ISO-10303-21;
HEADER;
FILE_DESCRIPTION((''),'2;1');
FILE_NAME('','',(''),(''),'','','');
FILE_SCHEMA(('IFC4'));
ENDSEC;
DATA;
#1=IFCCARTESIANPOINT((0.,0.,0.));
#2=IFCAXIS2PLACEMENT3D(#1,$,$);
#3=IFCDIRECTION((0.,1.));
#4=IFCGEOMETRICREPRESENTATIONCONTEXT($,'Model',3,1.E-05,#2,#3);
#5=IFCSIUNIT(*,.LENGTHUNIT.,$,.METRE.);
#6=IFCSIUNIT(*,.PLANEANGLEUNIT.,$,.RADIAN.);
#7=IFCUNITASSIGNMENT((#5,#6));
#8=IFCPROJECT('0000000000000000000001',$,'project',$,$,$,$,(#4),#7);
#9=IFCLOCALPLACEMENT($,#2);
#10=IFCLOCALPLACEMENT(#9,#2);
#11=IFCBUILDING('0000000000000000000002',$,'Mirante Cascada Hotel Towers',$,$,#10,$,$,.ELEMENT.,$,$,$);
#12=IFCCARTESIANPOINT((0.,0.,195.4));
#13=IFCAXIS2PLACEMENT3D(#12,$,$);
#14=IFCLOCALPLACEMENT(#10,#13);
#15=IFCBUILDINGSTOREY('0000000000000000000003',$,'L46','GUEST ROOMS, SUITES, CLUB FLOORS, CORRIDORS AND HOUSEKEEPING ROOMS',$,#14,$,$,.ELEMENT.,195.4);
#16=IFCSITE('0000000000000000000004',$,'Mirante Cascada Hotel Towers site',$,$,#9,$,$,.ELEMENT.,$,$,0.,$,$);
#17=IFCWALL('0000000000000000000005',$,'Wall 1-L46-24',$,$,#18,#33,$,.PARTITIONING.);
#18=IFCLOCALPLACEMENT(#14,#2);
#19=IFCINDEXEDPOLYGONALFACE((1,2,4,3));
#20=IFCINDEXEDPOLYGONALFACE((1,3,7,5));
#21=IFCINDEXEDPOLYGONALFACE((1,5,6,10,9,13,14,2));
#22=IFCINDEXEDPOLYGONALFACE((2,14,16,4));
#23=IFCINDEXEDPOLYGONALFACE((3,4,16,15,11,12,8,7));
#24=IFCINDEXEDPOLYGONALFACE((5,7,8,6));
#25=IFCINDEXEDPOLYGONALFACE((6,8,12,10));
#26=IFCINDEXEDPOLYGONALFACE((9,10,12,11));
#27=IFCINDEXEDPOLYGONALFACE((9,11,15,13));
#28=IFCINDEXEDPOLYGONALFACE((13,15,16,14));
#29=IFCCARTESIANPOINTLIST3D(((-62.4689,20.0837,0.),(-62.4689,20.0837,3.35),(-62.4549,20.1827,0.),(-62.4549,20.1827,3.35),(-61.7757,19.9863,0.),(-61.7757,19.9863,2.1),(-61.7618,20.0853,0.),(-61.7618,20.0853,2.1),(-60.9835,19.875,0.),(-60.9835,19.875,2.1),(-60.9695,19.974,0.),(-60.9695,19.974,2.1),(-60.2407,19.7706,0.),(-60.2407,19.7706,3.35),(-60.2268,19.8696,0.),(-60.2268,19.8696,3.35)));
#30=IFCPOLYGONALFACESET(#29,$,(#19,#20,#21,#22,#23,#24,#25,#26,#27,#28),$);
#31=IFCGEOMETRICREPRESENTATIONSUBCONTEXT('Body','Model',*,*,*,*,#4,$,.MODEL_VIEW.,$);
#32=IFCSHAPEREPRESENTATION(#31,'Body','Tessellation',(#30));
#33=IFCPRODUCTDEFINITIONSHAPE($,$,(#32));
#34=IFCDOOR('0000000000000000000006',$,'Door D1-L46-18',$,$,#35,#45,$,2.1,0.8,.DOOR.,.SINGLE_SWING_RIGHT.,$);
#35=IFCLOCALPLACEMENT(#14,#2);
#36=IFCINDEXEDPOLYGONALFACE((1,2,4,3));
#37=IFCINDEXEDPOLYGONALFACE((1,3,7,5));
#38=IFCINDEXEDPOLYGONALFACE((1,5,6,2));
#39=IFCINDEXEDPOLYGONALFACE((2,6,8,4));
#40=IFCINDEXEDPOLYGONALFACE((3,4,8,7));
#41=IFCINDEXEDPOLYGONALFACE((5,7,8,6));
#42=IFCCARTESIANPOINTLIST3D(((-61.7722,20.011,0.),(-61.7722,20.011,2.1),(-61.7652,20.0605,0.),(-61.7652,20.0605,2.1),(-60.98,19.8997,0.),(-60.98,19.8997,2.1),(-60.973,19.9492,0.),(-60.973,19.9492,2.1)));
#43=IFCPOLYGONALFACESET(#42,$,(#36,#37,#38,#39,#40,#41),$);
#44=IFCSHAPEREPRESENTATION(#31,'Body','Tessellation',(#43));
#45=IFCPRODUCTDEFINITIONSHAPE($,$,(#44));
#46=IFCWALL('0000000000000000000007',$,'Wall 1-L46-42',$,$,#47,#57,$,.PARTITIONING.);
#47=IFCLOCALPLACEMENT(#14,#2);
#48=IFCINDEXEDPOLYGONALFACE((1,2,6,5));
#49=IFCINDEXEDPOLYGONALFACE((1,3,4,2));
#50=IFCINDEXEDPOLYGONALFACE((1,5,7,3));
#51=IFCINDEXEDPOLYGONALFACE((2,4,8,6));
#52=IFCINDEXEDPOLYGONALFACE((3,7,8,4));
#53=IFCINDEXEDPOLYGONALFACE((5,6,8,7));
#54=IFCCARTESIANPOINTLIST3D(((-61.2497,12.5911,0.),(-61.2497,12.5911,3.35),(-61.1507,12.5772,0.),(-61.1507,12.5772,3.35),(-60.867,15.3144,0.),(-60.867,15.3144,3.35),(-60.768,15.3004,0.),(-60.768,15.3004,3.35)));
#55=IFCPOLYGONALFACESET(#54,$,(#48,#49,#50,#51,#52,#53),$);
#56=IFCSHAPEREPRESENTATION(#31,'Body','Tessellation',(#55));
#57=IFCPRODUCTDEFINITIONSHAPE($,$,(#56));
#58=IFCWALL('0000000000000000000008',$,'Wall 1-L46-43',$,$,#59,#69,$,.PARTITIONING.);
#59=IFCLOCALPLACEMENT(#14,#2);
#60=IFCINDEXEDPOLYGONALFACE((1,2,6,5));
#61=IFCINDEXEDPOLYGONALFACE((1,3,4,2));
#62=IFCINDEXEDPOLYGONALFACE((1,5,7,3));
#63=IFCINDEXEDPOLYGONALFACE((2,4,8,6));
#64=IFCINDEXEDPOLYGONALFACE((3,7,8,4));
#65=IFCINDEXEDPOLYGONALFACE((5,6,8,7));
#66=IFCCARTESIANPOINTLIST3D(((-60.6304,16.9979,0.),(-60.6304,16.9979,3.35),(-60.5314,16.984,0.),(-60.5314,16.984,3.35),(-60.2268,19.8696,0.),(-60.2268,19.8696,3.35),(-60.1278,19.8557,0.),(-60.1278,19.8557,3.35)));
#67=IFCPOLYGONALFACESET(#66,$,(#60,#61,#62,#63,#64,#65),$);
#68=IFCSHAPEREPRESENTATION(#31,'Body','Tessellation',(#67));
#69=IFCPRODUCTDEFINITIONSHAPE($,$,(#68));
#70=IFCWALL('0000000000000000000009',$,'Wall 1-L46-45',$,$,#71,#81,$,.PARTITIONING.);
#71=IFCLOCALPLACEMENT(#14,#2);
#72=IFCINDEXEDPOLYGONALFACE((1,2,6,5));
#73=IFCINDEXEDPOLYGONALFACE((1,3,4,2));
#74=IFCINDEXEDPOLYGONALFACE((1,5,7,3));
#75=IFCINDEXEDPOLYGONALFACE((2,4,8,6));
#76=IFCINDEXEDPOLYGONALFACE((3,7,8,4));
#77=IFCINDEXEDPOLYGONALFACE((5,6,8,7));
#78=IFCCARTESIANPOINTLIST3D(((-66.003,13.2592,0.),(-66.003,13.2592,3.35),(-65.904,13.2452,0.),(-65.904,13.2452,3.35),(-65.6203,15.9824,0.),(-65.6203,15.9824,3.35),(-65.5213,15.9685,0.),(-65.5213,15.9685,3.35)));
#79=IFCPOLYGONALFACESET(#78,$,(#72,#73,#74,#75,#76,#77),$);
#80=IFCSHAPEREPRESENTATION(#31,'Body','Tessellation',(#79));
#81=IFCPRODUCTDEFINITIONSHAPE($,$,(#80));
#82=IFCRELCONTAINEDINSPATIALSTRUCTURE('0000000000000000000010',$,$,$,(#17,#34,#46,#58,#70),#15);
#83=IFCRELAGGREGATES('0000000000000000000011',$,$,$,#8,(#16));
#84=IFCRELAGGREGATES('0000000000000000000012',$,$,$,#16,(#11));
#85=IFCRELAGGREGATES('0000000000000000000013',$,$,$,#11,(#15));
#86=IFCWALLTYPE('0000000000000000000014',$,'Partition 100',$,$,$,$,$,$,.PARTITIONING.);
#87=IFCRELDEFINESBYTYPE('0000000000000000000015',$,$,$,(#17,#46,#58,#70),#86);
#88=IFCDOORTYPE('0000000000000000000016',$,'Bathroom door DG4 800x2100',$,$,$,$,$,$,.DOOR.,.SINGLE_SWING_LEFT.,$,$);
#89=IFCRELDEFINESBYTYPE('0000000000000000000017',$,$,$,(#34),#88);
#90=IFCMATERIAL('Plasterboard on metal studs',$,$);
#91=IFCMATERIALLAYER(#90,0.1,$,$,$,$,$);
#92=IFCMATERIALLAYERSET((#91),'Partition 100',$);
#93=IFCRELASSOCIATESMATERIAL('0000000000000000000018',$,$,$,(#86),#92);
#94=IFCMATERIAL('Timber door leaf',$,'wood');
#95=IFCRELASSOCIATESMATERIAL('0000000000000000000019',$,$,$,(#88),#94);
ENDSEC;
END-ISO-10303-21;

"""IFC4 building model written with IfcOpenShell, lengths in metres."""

from ifc_helpers import new_model, si_unit, direction, frame, frame_2d, origin, place, context, subcontext, project, spatial, rectangle, extrude, material, layer, layer_set, type_object, element, fill, save


model = new_model("IFC4")

# Units and contexts
model_context = context("Model", 3, precision=1e-05, world=origin(), true_north=direction((0.0, 1.0)))
body_context = subcontext(model_context, "Body", "Model", "MODEL_VIEW")
ifc_project = project(units=[si_unit("LENGTHUNIT", "METRE"), si_unit("PLANEANGLEUNIT", "RADIAN")], contexts=[model_context])

# Site, building, storey
site_placement = place(None, origin())
site = spatial("IfcSite", under=ifc_project, at=site_placement, Name="Mirante Cascada Hotel Towers site", CompositionType="ELEMENT", RefElevation=0.0)
building_placement = place(site_placement, origin())
building = spatial("IfcBuilding", under=site, at=building_placement, Name="Mirante Cascada Hotel Towers", CompositionType="ELEMENT")
storey_placement = place(building_placement, frame((0.0, 0.0, 195.4)))
storey = spatial("IfcBuildingStorey", under=building, at=storey_placement, Name="L46", Description="GUEST ROOMS, SUITES, CLUB FLOORS, CORRIDORS AND HOUSEKEEPING ROOMS", CompositionType="ELEMENT", Elevation=195.4)

# Shared definitions
ifc_material_1 = material(Name="Plasterboard on metal studs")
ifc_layer_1 = layer(ifc_material_1, 0.1)
ifc_layer_set_1 = layer_set([ifc_layer_1], Name="Partition 100")
wall_type_1 = type_object("IfcWallType", Name="Partition 100", PredefinedType="PARTITIONING", material=ifc_layer_set_1)
ifc_material_2 = material(Name="Timber door leaf", Category="wood")
door_type = type_object("IfcDoorType", Name="Bathroom door DG4 800x2100", OperationType="SINGLE_SWING_LEFT", PredefinedType="DOOR", material=ifc_material_2)

# Wall, opening, door
wall_1_placement = place(storey_placement, frame((-62.4619, 20.1332, 0.0), z_axis=(0.0, 0.0, 1.0), x_axis=(0.990271, -0.139156, 0.0)))
wall_1 = element("IfcWall", 1, at=wall_1_placement, inside=storey, type_object=wall_type_1, Name="Wall 1-L46-24", PredefinedType="PARTITIONING", context=body_context, shape_type="SweptSolid", body=[
    extrude(rectangle(XDim=2.25, YDim=0.1, at=frame_2d((1.125, 0.0))), origin(), (0.0, 0.0, 1.0), 3.35),
])
opening_1_placement = place(wall_1_placement, frame((0.7, 0.0, 0.0)))
opening_1 = element("IfcOpeningElement", 2, at=opening_1_placement, cuts=wall_1, PredefinedType="OPENING", context=body_context, shape_type="SweptSolid", body=[
    extrude(rectangle(XDim=0.8, YDim=2.1, at=frame_2d((0.4, 1.05))), frame((0.0, 0.05, 0.0), z_axis=(0.0, -1.0, 0.0), x_axis=(1.0, 0.0, 0.0)), (0.0, 0.0, 1.0), 0.1),
])
door_1_placement = place(opening_1_placement, frame((0.8, 0.0, 0.0), z_axis=(0.0, 0.0, 1.0), x_axis=(-1.0, 0.0, 0.0)))
door_1 = element("IfcDoor", 3, at=door_1_placement, inside=storey, type_object=door_type, Name="Door D1-L46-18", OperationType="SINGLE_SWING_RIGHT", OverallHeight=2.1, OverallWidth=0.8, PredefinedType="DOOR", context=body_context, shape_type="SweptSolid", body=[
    extrude(rectangle(XDim=0.8, YDim=2.1, at=frame_2d((0.4, 1.05))), frame((0.0, 0.025, 0.0), z_axis=(0.0, -1.0, 0.0), x_axis=(1.0, 0.0, 0.0)), (0.0, 0.0, 1.0), 0.05),
])
fill(opening_1, door_1)

# Walls
wall_2_placement = place(storey_placement, frame((-60.8175, 15.3074, 0.0), z_axis=(0.0, 0.0, 1.0), x_axis=(-0.139166, -0.990269, 0.0)))
element("IfcWall", 4, at=wall_2_placement, inside=storey, type_object=wall_type_1, Name="Wall 1-L46-42", PredefinedType="PARTITIONING", context=body_context, shape_type="SweptSolid", body=[
    extrude(rectangle(XDim=2.75, YDim=0.1, at=frame_2d((1.375, 0.0))), origin(), (0.0, 0.0, 1.0), 3.35),
])
wall_3_placement = place(storey_placement, frame((-60.5809, 16.9909, 0.0), z_axis=(0.0, 0.0, 1.0), x_axis=(0.139176, 0.990268, 0.0)))
element("IfcWall", 5, at=wall_3_placement, inside=storey, type_object=wall_type_1, Name="Wall 1-L46-43", PredefinedType="PARTITIONING", context=body_context, shape_type="SweptSolid", body=[
    extrude(rectangle(XDim=2.8999, YDim=0.1, at=frame_2d((1.45, 0.0))), origin(), (0.0, 0.0, 1.0), 3.35),
])
wall_4_placement = place(storey_placement, frame((-65.9535, 13.2522, 0.0), z_axis=(0.0, 0.0, 1.0), x_axis=(0.139166, 0.990269, 0.0)))
element("IfcWall", 6, at=wall_4_placement, inside=storey, type_object=wall_type_1, Name="Wall 1-L46-45", PredefinedType="PARTITIONING", context=body_context, shape_type="SweptSolid", body=[
    extrude(rectangle(XDim=2.75, YDim=0.1, at=frame_2d((1.375, 0.0))), origin(), (0.0, 0.0, 1.0), 3.35),
])

save(model, "model.ifc")
